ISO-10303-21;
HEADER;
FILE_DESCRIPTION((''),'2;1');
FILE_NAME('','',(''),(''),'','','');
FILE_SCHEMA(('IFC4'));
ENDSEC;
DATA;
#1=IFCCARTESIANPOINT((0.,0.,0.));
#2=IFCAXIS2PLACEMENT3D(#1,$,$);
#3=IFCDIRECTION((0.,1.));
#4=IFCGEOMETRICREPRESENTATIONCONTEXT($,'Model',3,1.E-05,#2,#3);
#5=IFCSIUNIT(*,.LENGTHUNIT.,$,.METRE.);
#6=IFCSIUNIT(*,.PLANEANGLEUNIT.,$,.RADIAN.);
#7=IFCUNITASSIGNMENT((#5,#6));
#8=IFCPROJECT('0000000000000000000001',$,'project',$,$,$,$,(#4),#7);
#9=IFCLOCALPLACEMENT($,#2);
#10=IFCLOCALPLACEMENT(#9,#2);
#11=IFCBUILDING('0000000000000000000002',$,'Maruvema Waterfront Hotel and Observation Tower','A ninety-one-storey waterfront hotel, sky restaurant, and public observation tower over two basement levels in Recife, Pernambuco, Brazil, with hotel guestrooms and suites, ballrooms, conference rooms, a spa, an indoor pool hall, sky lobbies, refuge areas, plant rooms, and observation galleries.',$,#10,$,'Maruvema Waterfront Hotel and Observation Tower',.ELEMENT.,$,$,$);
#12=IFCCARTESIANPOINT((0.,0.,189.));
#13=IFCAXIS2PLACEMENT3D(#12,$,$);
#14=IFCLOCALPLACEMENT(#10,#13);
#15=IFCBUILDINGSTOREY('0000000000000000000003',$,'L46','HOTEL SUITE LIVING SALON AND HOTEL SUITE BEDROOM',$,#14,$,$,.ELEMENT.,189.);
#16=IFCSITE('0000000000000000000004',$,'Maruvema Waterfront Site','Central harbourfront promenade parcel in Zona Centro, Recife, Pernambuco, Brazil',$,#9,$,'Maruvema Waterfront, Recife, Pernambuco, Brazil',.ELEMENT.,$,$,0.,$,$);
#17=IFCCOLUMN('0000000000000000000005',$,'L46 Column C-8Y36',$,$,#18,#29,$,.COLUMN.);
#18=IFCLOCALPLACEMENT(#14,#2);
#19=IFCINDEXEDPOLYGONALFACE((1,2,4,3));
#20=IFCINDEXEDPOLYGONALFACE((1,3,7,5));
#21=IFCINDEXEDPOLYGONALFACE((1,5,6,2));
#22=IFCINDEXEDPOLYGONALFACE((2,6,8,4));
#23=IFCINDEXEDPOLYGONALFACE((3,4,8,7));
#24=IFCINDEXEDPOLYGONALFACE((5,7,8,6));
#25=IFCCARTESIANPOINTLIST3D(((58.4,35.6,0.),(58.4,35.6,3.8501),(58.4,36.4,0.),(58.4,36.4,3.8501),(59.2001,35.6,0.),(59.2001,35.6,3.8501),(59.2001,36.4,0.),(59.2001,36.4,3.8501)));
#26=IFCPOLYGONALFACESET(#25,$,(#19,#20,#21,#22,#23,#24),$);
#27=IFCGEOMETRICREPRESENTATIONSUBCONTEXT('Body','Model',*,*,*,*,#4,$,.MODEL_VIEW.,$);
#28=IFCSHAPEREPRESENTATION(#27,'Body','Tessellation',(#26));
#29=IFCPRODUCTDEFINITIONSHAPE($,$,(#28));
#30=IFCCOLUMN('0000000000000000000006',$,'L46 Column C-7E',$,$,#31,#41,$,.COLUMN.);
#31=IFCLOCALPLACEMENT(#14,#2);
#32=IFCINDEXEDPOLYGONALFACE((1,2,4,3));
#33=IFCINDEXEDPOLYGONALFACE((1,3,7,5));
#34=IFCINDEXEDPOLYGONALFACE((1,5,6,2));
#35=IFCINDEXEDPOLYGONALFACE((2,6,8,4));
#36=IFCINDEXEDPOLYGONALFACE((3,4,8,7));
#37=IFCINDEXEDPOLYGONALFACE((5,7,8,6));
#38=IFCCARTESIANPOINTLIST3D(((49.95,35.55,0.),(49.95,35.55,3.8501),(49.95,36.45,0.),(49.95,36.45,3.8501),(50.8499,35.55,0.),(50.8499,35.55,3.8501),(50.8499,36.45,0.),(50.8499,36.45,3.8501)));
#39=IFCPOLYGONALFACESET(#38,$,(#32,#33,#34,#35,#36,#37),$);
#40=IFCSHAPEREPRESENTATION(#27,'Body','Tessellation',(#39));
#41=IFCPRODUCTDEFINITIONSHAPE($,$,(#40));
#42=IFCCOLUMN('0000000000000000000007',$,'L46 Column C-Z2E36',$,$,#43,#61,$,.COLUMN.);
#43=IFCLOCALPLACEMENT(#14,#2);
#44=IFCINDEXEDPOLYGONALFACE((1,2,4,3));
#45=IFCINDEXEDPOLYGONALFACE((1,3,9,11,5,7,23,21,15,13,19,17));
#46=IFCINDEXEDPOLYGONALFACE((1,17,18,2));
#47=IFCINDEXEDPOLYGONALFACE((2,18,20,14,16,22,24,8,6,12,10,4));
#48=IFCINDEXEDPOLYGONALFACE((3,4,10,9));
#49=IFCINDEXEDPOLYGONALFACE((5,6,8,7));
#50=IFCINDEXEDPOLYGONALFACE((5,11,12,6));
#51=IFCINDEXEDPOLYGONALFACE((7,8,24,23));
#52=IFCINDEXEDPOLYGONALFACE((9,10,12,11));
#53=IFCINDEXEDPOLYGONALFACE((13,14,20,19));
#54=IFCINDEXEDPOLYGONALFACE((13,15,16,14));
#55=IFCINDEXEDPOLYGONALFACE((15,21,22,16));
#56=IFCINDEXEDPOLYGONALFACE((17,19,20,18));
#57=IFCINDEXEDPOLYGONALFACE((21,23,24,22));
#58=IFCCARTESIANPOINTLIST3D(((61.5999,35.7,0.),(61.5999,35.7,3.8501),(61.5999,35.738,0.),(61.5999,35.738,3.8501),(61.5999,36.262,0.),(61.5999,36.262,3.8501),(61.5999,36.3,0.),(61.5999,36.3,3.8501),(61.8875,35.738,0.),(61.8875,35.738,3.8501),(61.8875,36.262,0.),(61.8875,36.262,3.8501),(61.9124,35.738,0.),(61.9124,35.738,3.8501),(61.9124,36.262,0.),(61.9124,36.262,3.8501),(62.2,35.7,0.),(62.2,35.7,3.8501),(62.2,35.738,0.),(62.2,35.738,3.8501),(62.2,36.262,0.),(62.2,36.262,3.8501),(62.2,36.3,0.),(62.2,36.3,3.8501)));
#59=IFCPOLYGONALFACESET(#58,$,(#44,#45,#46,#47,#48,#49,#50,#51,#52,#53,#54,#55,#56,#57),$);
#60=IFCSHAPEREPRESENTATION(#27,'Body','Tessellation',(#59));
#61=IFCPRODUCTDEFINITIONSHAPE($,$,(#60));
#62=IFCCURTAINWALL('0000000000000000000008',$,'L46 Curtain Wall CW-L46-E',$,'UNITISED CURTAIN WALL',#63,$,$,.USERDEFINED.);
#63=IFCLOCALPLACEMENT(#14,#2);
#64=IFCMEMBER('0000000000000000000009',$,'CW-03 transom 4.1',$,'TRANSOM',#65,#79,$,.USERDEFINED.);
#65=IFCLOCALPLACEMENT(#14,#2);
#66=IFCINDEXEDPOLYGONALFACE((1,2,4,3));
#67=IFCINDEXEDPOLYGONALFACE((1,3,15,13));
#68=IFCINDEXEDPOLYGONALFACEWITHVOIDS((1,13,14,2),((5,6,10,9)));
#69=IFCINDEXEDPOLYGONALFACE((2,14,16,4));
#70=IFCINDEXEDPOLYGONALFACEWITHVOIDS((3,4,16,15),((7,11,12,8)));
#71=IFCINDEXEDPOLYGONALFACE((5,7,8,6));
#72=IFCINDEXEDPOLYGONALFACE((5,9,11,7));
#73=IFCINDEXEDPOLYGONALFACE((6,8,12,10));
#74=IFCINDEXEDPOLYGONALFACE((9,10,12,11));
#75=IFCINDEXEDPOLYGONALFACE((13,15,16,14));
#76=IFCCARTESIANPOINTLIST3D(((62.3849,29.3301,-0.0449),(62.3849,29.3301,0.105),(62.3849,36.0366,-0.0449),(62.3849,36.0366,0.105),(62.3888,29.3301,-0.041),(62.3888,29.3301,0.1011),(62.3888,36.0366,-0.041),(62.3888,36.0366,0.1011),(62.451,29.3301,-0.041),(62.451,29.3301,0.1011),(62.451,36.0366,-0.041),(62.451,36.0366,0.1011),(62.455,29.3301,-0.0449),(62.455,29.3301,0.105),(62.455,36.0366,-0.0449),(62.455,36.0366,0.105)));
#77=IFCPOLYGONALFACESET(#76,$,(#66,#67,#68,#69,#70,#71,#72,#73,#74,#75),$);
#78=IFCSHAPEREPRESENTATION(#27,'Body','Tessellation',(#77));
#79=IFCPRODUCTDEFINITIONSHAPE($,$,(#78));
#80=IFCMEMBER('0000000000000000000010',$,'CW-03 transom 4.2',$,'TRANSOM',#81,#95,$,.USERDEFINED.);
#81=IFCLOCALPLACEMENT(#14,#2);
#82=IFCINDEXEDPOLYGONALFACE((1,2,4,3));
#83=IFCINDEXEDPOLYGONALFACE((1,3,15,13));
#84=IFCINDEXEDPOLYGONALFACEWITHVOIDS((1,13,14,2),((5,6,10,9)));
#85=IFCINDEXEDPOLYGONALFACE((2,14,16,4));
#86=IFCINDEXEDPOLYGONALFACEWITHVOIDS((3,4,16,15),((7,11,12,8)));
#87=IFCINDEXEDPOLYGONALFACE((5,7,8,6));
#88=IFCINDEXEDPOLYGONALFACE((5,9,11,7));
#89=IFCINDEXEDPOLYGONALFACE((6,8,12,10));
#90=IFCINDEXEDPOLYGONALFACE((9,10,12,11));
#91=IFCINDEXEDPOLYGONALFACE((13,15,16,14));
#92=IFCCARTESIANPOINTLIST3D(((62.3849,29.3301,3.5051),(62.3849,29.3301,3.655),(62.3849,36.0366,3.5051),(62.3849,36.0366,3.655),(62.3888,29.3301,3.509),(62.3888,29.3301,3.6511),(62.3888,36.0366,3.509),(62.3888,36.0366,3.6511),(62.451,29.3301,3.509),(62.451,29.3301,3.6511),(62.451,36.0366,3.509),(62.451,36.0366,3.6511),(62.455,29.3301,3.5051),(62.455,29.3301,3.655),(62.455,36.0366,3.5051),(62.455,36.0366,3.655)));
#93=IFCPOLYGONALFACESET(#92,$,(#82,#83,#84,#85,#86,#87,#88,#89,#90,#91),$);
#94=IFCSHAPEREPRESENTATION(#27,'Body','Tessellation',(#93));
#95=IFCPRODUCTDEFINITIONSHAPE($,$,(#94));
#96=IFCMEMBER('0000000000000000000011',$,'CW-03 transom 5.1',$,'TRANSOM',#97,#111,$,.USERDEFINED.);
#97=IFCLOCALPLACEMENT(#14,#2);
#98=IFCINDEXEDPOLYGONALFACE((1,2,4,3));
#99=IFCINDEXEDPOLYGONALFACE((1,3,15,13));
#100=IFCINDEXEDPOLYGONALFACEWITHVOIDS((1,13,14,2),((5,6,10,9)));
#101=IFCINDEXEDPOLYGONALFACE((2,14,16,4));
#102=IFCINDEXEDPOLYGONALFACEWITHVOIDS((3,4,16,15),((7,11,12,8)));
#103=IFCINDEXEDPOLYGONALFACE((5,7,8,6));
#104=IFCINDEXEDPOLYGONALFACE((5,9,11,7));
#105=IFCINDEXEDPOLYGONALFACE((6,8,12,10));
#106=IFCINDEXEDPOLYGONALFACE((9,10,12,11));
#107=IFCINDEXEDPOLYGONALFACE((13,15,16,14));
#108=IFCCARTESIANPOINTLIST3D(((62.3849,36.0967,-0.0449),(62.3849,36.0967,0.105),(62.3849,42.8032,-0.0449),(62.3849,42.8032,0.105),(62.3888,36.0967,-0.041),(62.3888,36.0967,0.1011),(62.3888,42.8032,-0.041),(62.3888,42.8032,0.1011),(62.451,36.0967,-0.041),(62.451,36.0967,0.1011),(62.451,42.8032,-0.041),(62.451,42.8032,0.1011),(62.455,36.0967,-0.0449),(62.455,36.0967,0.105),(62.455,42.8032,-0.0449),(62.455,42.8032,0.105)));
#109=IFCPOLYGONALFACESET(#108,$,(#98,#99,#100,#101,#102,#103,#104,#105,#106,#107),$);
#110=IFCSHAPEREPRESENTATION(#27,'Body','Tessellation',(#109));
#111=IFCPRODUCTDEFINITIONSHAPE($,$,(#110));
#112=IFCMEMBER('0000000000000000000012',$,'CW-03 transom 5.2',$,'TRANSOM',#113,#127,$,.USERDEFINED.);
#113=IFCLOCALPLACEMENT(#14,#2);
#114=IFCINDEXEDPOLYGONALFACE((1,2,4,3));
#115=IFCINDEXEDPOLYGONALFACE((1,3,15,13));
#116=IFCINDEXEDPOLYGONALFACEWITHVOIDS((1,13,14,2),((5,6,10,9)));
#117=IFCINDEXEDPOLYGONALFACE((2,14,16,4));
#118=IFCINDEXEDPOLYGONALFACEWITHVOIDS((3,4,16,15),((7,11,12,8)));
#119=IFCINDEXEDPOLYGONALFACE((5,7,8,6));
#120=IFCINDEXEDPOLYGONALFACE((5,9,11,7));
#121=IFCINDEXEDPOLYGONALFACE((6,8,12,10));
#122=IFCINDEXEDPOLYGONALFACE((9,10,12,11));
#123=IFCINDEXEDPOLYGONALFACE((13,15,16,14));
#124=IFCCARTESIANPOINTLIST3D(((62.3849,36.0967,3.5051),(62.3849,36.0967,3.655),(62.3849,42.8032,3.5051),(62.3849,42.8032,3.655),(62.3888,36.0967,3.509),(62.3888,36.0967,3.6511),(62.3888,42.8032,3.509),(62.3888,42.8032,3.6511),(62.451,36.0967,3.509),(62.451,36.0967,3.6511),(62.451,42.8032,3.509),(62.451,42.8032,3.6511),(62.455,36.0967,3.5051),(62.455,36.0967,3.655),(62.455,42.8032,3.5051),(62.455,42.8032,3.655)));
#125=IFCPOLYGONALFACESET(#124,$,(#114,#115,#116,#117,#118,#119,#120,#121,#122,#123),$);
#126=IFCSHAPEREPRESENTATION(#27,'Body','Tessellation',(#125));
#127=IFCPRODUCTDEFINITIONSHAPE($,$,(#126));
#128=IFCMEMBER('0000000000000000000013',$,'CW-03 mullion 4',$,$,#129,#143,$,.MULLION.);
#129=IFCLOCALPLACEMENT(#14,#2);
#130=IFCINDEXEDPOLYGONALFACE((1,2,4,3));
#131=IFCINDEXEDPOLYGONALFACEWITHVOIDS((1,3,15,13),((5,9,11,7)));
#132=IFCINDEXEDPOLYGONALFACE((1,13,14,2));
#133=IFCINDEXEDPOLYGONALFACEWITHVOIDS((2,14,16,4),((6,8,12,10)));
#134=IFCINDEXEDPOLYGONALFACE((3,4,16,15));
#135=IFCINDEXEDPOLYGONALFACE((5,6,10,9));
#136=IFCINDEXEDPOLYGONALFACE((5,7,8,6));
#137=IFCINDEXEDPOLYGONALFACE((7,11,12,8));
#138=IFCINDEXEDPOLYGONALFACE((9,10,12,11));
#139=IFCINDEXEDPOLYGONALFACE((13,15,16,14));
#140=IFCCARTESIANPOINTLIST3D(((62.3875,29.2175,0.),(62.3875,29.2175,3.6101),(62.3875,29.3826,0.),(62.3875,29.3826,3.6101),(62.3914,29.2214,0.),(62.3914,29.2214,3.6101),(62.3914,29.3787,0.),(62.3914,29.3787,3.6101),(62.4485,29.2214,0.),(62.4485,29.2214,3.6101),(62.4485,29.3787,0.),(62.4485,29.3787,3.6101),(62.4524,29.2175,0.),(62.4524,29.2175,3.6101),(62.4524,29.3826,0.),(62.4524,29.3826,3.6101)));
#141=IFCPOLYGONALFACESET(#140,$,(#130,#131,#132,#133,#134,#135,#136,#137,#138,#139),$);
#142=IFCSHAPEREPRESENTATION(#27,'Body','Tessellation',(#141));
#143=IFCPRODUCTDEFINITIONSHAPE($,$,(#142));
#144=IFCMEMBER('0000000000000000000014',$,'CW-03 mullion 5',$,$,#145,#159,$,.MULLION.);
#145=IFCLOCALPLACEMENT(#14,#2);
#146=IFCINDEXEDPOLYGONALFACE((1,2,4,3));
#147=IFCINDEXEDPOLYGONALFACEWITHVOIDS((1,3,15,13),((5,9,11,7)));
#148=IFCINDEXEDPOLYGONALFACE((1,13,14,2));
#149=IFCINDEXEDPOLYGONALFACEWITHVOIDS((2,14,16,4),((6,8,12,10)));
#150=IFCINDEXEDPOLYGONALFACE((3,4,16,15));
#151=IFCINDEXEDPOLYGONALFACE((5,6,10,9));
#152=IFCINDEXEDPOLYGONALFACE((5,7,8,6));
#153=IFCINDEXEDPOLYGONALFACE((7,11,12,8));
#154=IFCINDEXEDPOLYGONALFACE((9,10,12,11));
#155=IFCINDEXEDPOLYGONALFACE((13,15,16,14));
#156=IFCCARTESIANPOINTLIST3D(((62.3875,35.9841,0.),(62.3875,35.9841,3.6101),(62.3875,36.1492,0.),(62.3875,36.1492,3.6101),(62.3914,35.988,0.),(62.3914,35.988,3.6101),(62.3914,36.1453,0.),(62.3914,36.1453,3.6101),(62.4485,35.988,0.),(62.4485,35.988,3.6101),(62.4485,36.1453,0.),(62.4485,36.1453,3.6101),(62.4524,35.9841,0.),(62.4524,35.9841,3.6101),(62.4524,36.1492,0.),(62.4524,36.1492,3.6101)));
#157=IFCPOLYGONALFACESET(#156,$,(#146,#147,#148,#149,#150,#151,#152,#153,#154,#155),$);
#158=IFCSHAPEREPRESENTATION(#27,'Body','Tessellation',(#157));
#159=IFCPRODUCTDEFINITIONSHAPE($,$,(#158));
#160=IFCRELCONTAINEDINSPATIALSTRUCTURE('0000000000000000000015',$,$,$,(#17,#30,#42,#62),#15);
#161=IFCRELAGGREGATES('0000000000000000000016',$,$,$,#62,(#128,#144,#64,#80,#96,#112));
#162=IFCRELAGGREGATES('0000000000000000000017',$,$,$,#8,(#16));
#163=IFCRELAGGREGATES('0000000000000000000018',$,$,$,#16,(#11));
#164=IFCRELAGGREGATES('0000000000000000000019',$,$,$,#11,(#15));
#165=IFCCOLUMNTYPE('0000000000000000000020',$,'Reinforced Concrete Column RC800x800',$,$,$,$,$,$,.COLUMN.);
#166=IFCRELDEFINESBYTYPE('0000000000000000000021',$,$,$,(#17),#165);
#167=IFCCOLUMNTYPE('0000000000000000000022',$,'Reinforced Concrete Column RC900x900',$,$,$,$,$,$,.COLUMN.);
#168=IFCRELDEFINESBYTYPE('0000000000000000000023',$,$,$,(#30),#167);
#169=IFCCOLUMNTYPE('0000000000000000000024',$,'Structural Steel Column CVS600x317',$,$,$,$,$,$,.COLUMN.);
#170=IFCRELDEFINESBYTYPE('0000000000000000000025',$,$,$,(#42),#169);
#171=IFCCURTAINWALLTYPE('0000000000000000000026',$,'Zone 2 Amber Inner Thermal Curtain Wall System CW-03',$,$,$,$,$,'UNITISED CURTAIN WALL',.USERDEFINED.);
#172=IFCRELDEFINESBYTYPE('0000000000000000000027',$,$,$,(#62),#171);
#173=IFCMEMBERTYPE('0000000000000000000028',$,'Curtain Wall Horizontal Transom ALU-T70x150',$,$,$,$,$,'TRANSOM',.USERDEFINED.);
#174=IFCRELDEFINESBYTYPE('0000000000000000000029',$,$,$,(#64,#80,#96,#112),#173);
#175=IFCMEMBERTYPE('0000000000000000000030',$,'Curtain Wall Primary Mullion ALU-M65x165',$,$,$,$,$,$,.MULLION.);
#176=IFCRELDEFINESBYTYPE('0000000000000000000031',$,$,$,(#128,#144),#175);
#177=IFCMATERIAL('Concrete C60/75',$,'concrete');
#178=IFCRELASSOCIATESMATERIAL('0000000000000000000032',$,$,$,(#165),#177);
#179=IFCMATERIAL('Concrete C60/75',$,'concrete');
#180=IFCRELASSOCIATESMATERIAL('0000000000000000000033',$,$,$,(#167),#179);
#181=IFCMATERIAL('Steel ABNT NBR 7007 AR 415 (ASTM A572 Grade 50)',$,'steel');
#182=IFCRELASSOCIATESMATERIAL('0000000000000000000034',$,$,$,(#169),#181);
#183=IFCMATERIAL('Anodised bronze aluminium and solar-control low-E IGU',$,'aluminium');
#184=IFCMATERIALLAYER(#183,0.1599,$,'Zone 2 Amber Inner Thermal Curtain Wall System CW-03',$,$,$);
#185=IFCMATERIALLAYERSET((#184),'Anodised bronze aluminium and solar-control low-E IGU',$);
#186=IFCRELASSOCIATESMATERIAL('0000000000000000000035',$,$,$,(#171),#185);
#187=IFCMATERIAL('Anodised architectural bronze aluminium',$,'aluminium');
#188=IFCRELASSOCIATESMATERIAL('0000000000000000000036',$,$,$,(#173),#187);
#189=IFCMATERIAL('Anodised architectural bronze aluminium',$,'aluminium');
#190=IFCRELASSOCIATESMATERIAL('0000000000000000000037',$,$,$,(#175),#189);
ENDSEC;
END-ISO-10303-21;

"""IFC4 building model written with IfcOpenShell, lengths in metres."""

from ifc_helpers import new_model, si_unit, direction, frame, origin, origin_2d, place, context, subcontext, project, spatial, rectangle, hollow_rectangle, i_section, extrude, material, layer, layer_set, material_profile, profile_set, type_object, element, aggregate, save


model = new_model("IFC4")

# Units and contexts
model_context = context("Model", 3, precision=1e-05, world=origin(), true_north=direction((0.0, 1.0)))
body_context = subcontext(model_context, "Body", "Model", "MODEL_VIEW")
ifc_project = project(units=[si_unit("LENGTHUNIT", "METRE"), si_unit("PLANEANGLEUNIT", "RADIAN")], contexts=[model_context])

# Site, building, storey
site_placement = place(None, origin())
site = spatial("IfcSite", under=ifc_project, at=site_placement, Name="Maruvema Waterfront Site", Description="Central harbourfront promenade parcel in Zona Centro, Recife, Pernambuco, Brazil", LongName="Maruvema Waterfront, Recife, Pernambuco, Brazil", CompositionType="ELEMENT", RefElevation=0.0)
building_placement = place(site_placement, origin())
building = spatial("IfcBuilding", under=site, at=building_placement, Name="Maruvema Waterfront Hotel and Observation Tower", Description="A ninety-one-storey waterfront hotel, sky restaurant, and public observation tower over two basement levels in Recife, Pernambuco, Brazil, with hotel guestrooms and suites, ballrooms, conference rooms, a spa, an indoor pool hall, sky lobbies, refuge areas, plant rooms, and observation galleries.", LongName="Maruvema Waterfront Hotel and Observation Tower", CompositionType="ELEMENT")
storey_placement = place(building_placement, frame((0.0, 0.0, 189.0)))
storey = spatial("IfcBuildingStorey", under=building, at=storey_placement, Name="L46", Description="HOTEL SUITE LIVING SALON AND HOTEL SUITE BEDROOM", CompositionType="ELEMENT", Elevation=189.0)

# Columns
ifc_material_1 = material(Name="Concrete C60/75", Category="concrete")
ifc_material_profile_1 = material_profile(ifc_material_1, rectangle(XDim=0.8, YDim=0.8, at=origin_2d()), Name="RC800x800")
ifc_profile_set_1 = profile_set([ifc_material_profile_1], Name="Concrete C60/75")
column_type_1 = type_object("IfcColumnType", Name="Reinforced Concrete Column RC800x800", PredefinedType="COLUMN", material=ifc_profile_set_1)
column_1_placement = place(storey_placement, frame((58.8, 36.0, 0.0), z_axis=(0.0, 0.0, 1.0), x_axis=(1.0, 0.0, 0.0)))
element("IfcColumn", 1, at=column_1_placement, inside=storey, type_object=column_type_1, Name="L46 Column C-8Y36", PredefinedType="COLUMN", context=body_context, shape_type="SweptSolid", body=[
    extrude(rectangle(XDim=0.8, YDim=0.8, at=origin_2d()), origin(), (0.0, 0.0, 1.0), 3.8501),
])
ifc_material_2 = material(Name="Concrete C60/75", Category="concrete")
ifc_material_profile_2 = material_profile(ifc_material_2, rectangle(XDim=0.8999, YDim=0.8999, at=origin_2d()), Name="RC900x900")
ifc_profile_set_2 = profile_set([ifc_material_profile_2], Name="Concrete C60/75")
column_type_2 = type_object("IfcColumnType", Name="Reinforced Concrete Column RC900x900", PredefinedType="COLUMN", material=ifc_profile_set_2)
column_2_placement = place(storey_placement, frame((50.3999, 36.0, 0.0), z_axis=(0.0, 0.0, 1.0), x_axis=(1.0, 0.0, 0.0)))
element("IfcColumn", 2, at=column_2_placement, inside=storey, type_object=column_type_2, Name="L46 Column C-7E", PredefinedType="COLUMN", context=body_context, shape_type="SweptSolid", body=[
    extrude(rectangle(XDim=0.8999, YDim=0.8999, at=origin_2d()), origin(), (0.0, 0.0, 1.0), 3.8501),
])
ifc_material_3 = material(Name="Steel ABNT NBR 7007 AR 415 (ASTM A572 Grade 50)", Category="steel")
ifc_material_profile_3 = material_profile(ifc_material_3, i_section(OverallWidth=0.6001, OverallDepth=0.6001, WebThickness=0.0249, FlangeThickness=0.0381, at=origin_2d()), Name="CVS600x317")
ifc_profile_set_3 = profile_set([ifc_material_profile_3], Name="Steel ABNT NBR 7007 AR 415 (ASTM A572 Grade 50)")
column_type_3 = type_object("IfcColumnType", Name="Structural Steel Column CVS600x317", PredefinedType="COLUMN", material=ifc_profile_set_3)
column_3_placement = place(storey_placement, frame((61.8999, 36.0, 0.0), z_axis=(0.0, 0.0, 1.0), x_axis=(1.0, 0.0, 0.0)))
element("IfcColumn", 3, at=column_3_placement, inside=storey, type_object=column_type_3, Name="L46 Column C-Z2E36", PredefinedType="COLUMN", context=body_context, shape_type="SweptSolid", body=[
    extrude(i_section(OverallWidth=0.6001, OverallDepth=0.6001, WebThickness=0.0249, FlangeThickness=0.0381, at=origin_2d()), origin(), (0.0, 0.0, 1.0), 3.8501),
])

# Curtain wall, members
ifc_material_4 = material(Name="Anodised bronze aluminium and solar-control low-E IGU", Category="aluminium")
ifc_layer_1 = layer(ifc_material_4, 0.1599, Name="Zone 2 Amber Inner Thermal Curtain Wall System CW-03")
ifc_layer_set_1 = layer_set([ifc_layer_1], Name="Anodised bronze aluminium and solar-control low-E IGU")
curtain_wall_type = type_object("IfcCurtainWallType", Name="Zone 2 Amber Inner Thermal Curtain Wall System CW-03", ElementType="UNITISED CURTAIN WALL", PredefinedType="USERDEFINED", material=ifc_layer_set_1)
curtain_wall_placement = place(storey_placement, origin())
curtain_wall = element("IfcCurtainWall", 4, at=curtain_wall_placement, inside=storey, type_object=curtain_wall_type, Name="L46 Curtain Wall CW-L46-E", ObjectType="UNITISED CURTAIN WALL", PredefinedType="USERDEFINED")
ifc_material_5 = material(Name="Anodised architectural bronze aluminium", Category="aluminium")
ifc_material_profile_4 = material_profile(ifc_material_5, hollow_rectangle(XDim=0.0701, YDim=0.1499, WallThickness=0.0039, at=origin_2d()), Name="ALU-T70x150")
ifc_profile_set_4 = profile_set([ifc_material_profile_4], Name="Anodised architectural bronze aluminium")
member_type_1 = type_object("IfcMemberType", Name="Curtain Wall Horizontal Transom ALU-T70x150", ElementType="TRANSOM", PredefinedType="USERDEFINED", material=ifc_profile_set_4)
member_1_placement = place(storey_placement, frame((62.4199, 29.3301, 0.03), z_axis=(0.0, 1.0, 0.0), x_axis=(-1.0, 0.0, 0.0)))
member_1 = element("IfcMember", 5, at=member_1_placement, type_object=member_type_1, Name="CW-03 transom 4.1", ObjectType="TRANSOM", PredefinedType="USERDEFINED", context=body_context, shape_type="SweptSolid", body=[
    extrude(hollow_rectangle(XDim=0.0701, YDim=0.1499, WallThickness=0.0039, at=origin_2d()), origin(), (0.0, 0.0, 1.0), 6.7065),
])
member_2_placement = place(storey_placement, frame((62.4199, 29.3301, 3.5801), z_axis=(0.0, 1.0, 0.0), x_axis=(-1.0, 0.0, 0.0)))
member_2 = element("IfcMember", 6, at=member_2_placement, type_object=member_type_1, Name="CW-03 transom 4.2", ObjectType="TRANSOM", PredefinedType="USERDEFINED", context=body_context, shape_type="SweptSolid", body=[
    extrude(hollow_rectangle(XDim=0.0701, YDim=0.1499, WallThickness=0.0039, at=origin_2d()), origin(), (0.0, 0.0, 1.0), 6.7065),
])
member_3_placement = place(storey_placement, frame((62.4199, 36.0967, 0.03), z_axis=(0.0, 1.0, 0.0), x_axis=(-1.0, 0.0, 0.0)))
member_3 = element("IfcMember", 7, at=member_3_placement, type_object=member_type_1, Name="CW-03 transom 5.1", ObjectType="TRANSOM", PredefinedType="USERDEFINED", context=body_context, shape_type="SweptSolid", body=[
    extrude(hollow_rectangle(XDim=0.0701, YDim=0.1499, WallThickness=0.0039, at=origin_2d()), origin(), (0.0, 0.0, 1.0), 6.7065),
])
member_4_placement = place(storey_placement, frame((62.4199, 36.0967, 3.5801), z_axis=(0.0, 1.0, 0.0), x_axis=(-1.0, 0.0, 0.0)))
member_4 = element("IfcMember", 8, at=member_4_placement, type_object=member_type_1, Name="CW-03 transom 5.2", ObjectType="TRANSOM", PredefinedType="USERDEFINED", context=body_context, shape_type="SweptSolid", body=[
    extrude(hollow_rectangle(XDim=0.0701, YDim=0.1499, WallThickness=0.0039, at=origin_2d()), origin(), (0.0, 0.0, 1.0), 6.7065),
])
ifc_material_6 = material(Name="Anodised architectural bronze aluminium", Category="aluminium")
ifc_material_profile_5 = material_profile(ifc_material_6, hollow_rectangle(XDim=0.0649, YDim=0.165, WallThickness=0.0039, at=origin_2d()), Name="ALU-M65x165")
ifc_profile_set_5 = profile_set([ifc_material_profile_5], Name="Anodised architectural bronze aluminium")
member_type_2 = type_object("IfcMemberType", Name="Curtain Wall Primary Mullion ALU-M65x165", PredefinedType="MULLION", material=ifc_profile_set_5)
member_5_placement = place(storey_placement, frame((62.4199, 29.3, 0.0), z_axis=(0.0, 0.0, 1.0), x_axis=(-1.0, 0.0, 0.0)))
member_5 = element("IfcMember", 9, at=member_5_placement, type_object=member_type_2, Name="CW-03 mullion 4", PredefinedType="MULLION", context=body_context, shape_type="SweptSolid", body=[
    extrude(hollow_rectangle(XDim=0.0649, YDim=0.165, WallThickness=0.0039, at=origin_2d()), origin(), (0.0, 0.0, 1.0), 3.6101),
])
member_6_placement = place(storey_placement, frame((62.4199, 36.0667, 0.0), z_axis=(0.0, 0.0, 1.0), x_axis=(-1.0, 0.0, 0.0)))
member_6 = element("IfcMember", 10, at=member_6_placement, type_object=member_type_2, Name="CW-03 mullion 5", PredefinedType="MULLION", context=body_context, shape_type="SweptSolid", body=[
    extrude(hollow_rectangle(XDim=0.0649, YDim=0.165, WallThickness=0.0039, at=origin_2d()), origin(), (0.0, 0.0, 1.0), 3.6101),
])

aggregate(curtain_wall, [member_5, member_6, member_1, member_2, member_3, member_4])

save(model, "model.ifc")
